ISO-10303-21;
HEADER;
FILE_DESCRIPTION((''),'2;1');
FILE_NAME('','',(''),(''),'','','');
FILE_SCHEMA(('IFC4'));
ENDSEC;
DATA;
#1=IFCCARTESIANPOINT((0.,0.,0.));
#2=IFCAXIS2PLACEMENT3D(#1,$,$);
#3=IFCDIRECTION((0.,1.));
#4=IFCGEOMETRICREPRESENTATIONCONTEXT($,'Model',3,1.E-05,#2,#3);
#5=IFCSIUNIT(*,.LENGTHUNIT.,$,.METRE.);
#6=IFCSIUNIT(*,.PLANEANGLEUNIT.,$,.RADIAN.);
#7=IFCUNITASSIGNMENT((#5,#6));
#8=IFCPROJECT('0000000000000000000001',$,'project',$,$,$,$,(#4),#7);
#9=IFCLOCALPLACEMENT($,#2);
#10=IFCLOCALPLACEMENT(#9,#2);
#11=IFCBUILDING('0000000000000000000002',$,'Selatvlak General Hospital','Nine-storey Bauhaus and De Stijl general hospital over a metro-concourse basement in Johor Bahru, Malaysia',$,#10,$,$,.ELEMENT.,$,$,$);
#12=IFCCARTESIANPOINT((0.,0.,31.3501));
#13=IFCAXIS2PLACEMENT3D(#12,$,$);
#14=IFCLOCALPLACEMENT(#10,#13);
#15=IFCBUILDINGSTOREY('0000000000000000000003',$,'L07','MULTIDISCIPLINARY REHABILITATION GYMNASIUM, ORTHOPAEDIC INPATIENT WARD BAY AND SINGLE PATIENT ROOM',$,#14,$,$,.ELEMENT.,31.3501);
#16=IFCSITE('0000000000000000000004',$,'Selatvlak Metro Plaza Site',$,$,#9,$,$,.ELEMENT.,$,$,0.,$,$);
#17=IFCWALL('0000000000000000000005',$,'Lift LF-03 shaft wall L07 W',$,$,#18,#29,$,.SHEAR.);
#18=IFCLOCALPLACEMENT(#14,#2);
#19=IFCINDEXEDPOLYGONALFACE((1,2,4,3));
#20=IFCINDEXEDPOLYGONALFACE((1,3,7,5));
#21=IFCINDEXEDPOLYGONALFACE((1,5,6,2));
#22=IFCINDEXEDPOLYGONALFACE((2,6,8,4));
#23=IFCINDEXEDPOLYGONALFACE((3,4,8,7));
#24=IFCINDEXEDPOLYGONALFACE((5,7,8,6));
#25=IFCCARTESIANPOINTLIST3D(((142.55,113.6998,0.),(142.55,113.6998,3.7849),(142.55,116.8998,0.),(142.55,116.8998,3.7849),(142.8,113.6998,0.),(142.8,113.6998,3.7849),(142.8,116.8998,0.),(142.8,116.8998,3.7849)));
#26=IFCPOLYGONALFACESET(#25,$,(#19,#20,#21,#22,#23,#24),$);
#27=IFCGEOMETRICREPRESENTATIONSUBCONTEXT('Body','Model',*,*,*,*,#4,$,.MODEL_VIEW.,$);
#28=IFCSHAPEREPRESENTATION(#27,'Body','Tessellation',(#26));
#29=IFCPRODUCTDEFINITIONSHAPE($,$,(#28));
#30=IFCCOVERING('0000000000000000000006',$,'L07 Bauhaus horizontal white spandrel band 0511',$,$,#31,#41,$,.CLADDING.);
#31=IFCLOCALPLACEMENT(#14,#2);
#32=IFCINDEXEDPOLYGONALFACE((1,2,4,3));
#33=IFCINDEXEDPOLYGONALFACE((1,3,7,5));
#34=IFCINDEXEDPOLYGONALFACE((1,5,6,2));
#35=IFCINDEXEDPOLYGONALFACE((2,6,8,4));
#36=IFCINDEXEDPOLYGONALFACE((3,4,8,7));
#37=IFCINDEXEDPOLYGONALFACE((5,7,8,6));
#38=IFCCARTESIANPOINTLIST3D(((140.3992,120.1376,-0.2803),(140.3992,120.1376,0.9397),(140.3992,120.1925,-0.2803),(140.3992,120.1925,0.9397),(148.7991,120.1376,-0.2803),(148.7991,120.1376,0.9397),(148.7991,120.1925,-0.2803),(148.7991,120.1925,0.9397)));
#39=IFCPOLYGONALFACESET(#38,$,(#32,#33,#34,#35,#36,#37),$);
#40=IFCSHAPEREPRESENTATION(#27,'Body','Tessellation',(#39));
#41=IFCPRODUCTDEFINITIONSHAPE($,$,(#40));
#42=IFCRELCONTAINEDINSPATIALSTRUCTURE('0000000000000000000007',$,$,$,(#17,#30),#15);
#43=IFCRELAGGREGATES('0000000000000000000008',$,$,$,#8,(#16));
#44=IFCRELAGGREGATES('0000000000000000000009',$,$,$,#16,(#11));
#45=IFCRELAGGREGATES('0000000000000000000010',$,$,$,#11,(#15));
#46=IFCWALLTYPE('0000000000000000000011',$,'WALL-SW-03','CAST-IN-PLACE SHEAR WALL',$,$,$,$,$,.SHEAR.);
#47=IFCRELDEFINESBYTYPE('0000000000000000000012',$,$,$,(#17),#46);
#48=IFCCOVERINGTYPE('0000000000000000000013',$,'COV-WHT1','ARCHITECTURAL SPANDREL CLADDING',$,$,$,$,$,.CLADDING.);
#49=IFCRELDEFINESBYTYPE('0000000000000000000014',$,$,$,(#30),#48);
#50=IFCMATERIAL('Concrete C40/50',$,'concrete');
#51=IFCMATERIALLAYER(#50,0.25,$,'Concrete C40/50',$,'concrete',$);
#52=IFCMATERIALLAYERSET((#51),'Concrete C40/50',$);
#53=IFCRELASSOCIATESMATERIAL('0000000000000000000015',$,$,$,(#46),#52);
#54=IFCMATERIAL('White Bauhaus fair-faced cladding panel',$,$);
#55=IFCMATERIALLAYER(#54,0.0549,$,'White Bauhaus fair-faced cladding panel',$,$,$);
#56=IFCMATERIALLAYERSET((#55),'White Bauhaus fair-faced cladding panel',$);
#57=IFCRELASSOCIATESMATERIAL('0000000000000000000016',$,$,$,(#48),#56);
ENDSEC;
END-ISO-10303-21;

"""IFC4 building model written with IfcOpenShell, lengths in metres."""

from ifc_helpers import new_model, si_unit, direction, frame, frame_2d, origin, origin_2d, place, context, subcontext, project, spatial, rectangle, extrude, material, layer, layer_set, type_object, element, save


model = new_model("IFC4")

# Units and contexts
model_context = context("Model", 3, precision=1e-05, world=origin(), true_north=direction((0.0, 1.0)))
body_context = subcontext(model_context, "Body", "Model", "MODEL_VIEW")
ifc_project = project(units=[si_unit("LENGTHUNIT", "METRE"), si_unit("PLANEANGLEUNIT", "RADIAN")], contexts=[model_context])

# Site, building, storey
site_placement = place(None, origin())
site = spatial("IfcSite", under=ifc_project, at=site_placement, Name="Selatvlak Metro Plaza Site", CompositionType="ELEMENT", RefElevation=0.0)
building_placement = place(site_placement, origin())
building = spatial("IfcBuilding", under=site, at=building_placement, Name="Selatvlak General Hospital", Description="Nine-storey Bauhaus and De Stijl general hospital over a metro-concourse basement in Johor Bahru, Malaysia", CompositionType="ELEMENT")
storey_placement = place(building_placement, frame((0.0, 0.0, 31.3501)))
storey = spatial("IfcBuildingStorey", under=building, at=storey_placement, Name="L07", Description="MULTIDISCIPLINARY REHABILITATION GYMNASIUM, ORTHOPAEDIC INPATIENT WARD BAY AND SINGLE PATIENT ROOM", CompositionType="ELEMENT", Elevation=31.3501)

# Shared definitions
ifc_material_1 = material(Name="Concrete C40/50", Category="concrete")

# Wall
ifc_layer_1 = layer(ifc_material_1, 0.25, Name="Concrete C40/50", Category="concrete")
ifc_layer_set_1 = layer_set([ifc_layer_1], Name="Concrete C40/50")
wall_type_1 = type_object("IfcWallType", Name="WALL-SW-03", Description="CAST-IN-PLACE SHEAR WALL", PredefinedType="SHEAR", material=ifc_layer_set_1)
wall_1_placement = place(storey_placement, frame((142.675, 116.8999, 0.0), z_axis=(0.0, 0.0, 1.0), x_axis=(0.0, -1.0, 0.0)))
element("IfcWall", 1, at=wall_1_placement, inside=storey, type_object=wall_type_1, Name="Lift LF-03 shaft wall L07 W", PredefinedType="SHEAR", context=body_context, shape_type="SweptSolid", body=[
    extrude(rectangle(XDim=3.2, YDim=0.25, at=frame_2d((1.6001, 0.0))), origin(), (0.0, 0.0, 1.0), 3.7849),
])

# Covering
ifc_material_2 = material(Name="White Bauhaus fair-faced cladding panel")
ifc_layer_2 = layer(ifc_material_2, 0.0549, Name="White Bauhaus fair-faced cladding panel")
ifc_layer_set_2 = layer_set([ifc_layer_2], Name="White Bauhaus fair-faced cladding panel")
covering_type = type_object("IfcCoveringType", Name="COV-WHT1", Description="ARCHITECTURAL SPANDREL CLADDING", PredefinedType="CLADDING", material=ifc_layer_set_2)
covering_placement = place(storey_placement, frame((144.5991, 120.165, -0.2803), z_axis=(0.0, 0.0, 1.0), x_axis=(1.0, 0.0, 0.0)))
element("IfcCovering", 2, at=covering_placement, inside=storey, type_object=covering_type, Name="L07 Bauhaus horizontal white spandrel band 0511", PredefinedType="CLADDING", context=body_context, shape_type="SweptSolid", body=[
    extrude(rectangle(XDim=8.3999, YDim=0.0549, at=origin_2d()), origin(), (0.0, 0.0, 1.0), 1.22),
])

save(model, "model.ifc")
